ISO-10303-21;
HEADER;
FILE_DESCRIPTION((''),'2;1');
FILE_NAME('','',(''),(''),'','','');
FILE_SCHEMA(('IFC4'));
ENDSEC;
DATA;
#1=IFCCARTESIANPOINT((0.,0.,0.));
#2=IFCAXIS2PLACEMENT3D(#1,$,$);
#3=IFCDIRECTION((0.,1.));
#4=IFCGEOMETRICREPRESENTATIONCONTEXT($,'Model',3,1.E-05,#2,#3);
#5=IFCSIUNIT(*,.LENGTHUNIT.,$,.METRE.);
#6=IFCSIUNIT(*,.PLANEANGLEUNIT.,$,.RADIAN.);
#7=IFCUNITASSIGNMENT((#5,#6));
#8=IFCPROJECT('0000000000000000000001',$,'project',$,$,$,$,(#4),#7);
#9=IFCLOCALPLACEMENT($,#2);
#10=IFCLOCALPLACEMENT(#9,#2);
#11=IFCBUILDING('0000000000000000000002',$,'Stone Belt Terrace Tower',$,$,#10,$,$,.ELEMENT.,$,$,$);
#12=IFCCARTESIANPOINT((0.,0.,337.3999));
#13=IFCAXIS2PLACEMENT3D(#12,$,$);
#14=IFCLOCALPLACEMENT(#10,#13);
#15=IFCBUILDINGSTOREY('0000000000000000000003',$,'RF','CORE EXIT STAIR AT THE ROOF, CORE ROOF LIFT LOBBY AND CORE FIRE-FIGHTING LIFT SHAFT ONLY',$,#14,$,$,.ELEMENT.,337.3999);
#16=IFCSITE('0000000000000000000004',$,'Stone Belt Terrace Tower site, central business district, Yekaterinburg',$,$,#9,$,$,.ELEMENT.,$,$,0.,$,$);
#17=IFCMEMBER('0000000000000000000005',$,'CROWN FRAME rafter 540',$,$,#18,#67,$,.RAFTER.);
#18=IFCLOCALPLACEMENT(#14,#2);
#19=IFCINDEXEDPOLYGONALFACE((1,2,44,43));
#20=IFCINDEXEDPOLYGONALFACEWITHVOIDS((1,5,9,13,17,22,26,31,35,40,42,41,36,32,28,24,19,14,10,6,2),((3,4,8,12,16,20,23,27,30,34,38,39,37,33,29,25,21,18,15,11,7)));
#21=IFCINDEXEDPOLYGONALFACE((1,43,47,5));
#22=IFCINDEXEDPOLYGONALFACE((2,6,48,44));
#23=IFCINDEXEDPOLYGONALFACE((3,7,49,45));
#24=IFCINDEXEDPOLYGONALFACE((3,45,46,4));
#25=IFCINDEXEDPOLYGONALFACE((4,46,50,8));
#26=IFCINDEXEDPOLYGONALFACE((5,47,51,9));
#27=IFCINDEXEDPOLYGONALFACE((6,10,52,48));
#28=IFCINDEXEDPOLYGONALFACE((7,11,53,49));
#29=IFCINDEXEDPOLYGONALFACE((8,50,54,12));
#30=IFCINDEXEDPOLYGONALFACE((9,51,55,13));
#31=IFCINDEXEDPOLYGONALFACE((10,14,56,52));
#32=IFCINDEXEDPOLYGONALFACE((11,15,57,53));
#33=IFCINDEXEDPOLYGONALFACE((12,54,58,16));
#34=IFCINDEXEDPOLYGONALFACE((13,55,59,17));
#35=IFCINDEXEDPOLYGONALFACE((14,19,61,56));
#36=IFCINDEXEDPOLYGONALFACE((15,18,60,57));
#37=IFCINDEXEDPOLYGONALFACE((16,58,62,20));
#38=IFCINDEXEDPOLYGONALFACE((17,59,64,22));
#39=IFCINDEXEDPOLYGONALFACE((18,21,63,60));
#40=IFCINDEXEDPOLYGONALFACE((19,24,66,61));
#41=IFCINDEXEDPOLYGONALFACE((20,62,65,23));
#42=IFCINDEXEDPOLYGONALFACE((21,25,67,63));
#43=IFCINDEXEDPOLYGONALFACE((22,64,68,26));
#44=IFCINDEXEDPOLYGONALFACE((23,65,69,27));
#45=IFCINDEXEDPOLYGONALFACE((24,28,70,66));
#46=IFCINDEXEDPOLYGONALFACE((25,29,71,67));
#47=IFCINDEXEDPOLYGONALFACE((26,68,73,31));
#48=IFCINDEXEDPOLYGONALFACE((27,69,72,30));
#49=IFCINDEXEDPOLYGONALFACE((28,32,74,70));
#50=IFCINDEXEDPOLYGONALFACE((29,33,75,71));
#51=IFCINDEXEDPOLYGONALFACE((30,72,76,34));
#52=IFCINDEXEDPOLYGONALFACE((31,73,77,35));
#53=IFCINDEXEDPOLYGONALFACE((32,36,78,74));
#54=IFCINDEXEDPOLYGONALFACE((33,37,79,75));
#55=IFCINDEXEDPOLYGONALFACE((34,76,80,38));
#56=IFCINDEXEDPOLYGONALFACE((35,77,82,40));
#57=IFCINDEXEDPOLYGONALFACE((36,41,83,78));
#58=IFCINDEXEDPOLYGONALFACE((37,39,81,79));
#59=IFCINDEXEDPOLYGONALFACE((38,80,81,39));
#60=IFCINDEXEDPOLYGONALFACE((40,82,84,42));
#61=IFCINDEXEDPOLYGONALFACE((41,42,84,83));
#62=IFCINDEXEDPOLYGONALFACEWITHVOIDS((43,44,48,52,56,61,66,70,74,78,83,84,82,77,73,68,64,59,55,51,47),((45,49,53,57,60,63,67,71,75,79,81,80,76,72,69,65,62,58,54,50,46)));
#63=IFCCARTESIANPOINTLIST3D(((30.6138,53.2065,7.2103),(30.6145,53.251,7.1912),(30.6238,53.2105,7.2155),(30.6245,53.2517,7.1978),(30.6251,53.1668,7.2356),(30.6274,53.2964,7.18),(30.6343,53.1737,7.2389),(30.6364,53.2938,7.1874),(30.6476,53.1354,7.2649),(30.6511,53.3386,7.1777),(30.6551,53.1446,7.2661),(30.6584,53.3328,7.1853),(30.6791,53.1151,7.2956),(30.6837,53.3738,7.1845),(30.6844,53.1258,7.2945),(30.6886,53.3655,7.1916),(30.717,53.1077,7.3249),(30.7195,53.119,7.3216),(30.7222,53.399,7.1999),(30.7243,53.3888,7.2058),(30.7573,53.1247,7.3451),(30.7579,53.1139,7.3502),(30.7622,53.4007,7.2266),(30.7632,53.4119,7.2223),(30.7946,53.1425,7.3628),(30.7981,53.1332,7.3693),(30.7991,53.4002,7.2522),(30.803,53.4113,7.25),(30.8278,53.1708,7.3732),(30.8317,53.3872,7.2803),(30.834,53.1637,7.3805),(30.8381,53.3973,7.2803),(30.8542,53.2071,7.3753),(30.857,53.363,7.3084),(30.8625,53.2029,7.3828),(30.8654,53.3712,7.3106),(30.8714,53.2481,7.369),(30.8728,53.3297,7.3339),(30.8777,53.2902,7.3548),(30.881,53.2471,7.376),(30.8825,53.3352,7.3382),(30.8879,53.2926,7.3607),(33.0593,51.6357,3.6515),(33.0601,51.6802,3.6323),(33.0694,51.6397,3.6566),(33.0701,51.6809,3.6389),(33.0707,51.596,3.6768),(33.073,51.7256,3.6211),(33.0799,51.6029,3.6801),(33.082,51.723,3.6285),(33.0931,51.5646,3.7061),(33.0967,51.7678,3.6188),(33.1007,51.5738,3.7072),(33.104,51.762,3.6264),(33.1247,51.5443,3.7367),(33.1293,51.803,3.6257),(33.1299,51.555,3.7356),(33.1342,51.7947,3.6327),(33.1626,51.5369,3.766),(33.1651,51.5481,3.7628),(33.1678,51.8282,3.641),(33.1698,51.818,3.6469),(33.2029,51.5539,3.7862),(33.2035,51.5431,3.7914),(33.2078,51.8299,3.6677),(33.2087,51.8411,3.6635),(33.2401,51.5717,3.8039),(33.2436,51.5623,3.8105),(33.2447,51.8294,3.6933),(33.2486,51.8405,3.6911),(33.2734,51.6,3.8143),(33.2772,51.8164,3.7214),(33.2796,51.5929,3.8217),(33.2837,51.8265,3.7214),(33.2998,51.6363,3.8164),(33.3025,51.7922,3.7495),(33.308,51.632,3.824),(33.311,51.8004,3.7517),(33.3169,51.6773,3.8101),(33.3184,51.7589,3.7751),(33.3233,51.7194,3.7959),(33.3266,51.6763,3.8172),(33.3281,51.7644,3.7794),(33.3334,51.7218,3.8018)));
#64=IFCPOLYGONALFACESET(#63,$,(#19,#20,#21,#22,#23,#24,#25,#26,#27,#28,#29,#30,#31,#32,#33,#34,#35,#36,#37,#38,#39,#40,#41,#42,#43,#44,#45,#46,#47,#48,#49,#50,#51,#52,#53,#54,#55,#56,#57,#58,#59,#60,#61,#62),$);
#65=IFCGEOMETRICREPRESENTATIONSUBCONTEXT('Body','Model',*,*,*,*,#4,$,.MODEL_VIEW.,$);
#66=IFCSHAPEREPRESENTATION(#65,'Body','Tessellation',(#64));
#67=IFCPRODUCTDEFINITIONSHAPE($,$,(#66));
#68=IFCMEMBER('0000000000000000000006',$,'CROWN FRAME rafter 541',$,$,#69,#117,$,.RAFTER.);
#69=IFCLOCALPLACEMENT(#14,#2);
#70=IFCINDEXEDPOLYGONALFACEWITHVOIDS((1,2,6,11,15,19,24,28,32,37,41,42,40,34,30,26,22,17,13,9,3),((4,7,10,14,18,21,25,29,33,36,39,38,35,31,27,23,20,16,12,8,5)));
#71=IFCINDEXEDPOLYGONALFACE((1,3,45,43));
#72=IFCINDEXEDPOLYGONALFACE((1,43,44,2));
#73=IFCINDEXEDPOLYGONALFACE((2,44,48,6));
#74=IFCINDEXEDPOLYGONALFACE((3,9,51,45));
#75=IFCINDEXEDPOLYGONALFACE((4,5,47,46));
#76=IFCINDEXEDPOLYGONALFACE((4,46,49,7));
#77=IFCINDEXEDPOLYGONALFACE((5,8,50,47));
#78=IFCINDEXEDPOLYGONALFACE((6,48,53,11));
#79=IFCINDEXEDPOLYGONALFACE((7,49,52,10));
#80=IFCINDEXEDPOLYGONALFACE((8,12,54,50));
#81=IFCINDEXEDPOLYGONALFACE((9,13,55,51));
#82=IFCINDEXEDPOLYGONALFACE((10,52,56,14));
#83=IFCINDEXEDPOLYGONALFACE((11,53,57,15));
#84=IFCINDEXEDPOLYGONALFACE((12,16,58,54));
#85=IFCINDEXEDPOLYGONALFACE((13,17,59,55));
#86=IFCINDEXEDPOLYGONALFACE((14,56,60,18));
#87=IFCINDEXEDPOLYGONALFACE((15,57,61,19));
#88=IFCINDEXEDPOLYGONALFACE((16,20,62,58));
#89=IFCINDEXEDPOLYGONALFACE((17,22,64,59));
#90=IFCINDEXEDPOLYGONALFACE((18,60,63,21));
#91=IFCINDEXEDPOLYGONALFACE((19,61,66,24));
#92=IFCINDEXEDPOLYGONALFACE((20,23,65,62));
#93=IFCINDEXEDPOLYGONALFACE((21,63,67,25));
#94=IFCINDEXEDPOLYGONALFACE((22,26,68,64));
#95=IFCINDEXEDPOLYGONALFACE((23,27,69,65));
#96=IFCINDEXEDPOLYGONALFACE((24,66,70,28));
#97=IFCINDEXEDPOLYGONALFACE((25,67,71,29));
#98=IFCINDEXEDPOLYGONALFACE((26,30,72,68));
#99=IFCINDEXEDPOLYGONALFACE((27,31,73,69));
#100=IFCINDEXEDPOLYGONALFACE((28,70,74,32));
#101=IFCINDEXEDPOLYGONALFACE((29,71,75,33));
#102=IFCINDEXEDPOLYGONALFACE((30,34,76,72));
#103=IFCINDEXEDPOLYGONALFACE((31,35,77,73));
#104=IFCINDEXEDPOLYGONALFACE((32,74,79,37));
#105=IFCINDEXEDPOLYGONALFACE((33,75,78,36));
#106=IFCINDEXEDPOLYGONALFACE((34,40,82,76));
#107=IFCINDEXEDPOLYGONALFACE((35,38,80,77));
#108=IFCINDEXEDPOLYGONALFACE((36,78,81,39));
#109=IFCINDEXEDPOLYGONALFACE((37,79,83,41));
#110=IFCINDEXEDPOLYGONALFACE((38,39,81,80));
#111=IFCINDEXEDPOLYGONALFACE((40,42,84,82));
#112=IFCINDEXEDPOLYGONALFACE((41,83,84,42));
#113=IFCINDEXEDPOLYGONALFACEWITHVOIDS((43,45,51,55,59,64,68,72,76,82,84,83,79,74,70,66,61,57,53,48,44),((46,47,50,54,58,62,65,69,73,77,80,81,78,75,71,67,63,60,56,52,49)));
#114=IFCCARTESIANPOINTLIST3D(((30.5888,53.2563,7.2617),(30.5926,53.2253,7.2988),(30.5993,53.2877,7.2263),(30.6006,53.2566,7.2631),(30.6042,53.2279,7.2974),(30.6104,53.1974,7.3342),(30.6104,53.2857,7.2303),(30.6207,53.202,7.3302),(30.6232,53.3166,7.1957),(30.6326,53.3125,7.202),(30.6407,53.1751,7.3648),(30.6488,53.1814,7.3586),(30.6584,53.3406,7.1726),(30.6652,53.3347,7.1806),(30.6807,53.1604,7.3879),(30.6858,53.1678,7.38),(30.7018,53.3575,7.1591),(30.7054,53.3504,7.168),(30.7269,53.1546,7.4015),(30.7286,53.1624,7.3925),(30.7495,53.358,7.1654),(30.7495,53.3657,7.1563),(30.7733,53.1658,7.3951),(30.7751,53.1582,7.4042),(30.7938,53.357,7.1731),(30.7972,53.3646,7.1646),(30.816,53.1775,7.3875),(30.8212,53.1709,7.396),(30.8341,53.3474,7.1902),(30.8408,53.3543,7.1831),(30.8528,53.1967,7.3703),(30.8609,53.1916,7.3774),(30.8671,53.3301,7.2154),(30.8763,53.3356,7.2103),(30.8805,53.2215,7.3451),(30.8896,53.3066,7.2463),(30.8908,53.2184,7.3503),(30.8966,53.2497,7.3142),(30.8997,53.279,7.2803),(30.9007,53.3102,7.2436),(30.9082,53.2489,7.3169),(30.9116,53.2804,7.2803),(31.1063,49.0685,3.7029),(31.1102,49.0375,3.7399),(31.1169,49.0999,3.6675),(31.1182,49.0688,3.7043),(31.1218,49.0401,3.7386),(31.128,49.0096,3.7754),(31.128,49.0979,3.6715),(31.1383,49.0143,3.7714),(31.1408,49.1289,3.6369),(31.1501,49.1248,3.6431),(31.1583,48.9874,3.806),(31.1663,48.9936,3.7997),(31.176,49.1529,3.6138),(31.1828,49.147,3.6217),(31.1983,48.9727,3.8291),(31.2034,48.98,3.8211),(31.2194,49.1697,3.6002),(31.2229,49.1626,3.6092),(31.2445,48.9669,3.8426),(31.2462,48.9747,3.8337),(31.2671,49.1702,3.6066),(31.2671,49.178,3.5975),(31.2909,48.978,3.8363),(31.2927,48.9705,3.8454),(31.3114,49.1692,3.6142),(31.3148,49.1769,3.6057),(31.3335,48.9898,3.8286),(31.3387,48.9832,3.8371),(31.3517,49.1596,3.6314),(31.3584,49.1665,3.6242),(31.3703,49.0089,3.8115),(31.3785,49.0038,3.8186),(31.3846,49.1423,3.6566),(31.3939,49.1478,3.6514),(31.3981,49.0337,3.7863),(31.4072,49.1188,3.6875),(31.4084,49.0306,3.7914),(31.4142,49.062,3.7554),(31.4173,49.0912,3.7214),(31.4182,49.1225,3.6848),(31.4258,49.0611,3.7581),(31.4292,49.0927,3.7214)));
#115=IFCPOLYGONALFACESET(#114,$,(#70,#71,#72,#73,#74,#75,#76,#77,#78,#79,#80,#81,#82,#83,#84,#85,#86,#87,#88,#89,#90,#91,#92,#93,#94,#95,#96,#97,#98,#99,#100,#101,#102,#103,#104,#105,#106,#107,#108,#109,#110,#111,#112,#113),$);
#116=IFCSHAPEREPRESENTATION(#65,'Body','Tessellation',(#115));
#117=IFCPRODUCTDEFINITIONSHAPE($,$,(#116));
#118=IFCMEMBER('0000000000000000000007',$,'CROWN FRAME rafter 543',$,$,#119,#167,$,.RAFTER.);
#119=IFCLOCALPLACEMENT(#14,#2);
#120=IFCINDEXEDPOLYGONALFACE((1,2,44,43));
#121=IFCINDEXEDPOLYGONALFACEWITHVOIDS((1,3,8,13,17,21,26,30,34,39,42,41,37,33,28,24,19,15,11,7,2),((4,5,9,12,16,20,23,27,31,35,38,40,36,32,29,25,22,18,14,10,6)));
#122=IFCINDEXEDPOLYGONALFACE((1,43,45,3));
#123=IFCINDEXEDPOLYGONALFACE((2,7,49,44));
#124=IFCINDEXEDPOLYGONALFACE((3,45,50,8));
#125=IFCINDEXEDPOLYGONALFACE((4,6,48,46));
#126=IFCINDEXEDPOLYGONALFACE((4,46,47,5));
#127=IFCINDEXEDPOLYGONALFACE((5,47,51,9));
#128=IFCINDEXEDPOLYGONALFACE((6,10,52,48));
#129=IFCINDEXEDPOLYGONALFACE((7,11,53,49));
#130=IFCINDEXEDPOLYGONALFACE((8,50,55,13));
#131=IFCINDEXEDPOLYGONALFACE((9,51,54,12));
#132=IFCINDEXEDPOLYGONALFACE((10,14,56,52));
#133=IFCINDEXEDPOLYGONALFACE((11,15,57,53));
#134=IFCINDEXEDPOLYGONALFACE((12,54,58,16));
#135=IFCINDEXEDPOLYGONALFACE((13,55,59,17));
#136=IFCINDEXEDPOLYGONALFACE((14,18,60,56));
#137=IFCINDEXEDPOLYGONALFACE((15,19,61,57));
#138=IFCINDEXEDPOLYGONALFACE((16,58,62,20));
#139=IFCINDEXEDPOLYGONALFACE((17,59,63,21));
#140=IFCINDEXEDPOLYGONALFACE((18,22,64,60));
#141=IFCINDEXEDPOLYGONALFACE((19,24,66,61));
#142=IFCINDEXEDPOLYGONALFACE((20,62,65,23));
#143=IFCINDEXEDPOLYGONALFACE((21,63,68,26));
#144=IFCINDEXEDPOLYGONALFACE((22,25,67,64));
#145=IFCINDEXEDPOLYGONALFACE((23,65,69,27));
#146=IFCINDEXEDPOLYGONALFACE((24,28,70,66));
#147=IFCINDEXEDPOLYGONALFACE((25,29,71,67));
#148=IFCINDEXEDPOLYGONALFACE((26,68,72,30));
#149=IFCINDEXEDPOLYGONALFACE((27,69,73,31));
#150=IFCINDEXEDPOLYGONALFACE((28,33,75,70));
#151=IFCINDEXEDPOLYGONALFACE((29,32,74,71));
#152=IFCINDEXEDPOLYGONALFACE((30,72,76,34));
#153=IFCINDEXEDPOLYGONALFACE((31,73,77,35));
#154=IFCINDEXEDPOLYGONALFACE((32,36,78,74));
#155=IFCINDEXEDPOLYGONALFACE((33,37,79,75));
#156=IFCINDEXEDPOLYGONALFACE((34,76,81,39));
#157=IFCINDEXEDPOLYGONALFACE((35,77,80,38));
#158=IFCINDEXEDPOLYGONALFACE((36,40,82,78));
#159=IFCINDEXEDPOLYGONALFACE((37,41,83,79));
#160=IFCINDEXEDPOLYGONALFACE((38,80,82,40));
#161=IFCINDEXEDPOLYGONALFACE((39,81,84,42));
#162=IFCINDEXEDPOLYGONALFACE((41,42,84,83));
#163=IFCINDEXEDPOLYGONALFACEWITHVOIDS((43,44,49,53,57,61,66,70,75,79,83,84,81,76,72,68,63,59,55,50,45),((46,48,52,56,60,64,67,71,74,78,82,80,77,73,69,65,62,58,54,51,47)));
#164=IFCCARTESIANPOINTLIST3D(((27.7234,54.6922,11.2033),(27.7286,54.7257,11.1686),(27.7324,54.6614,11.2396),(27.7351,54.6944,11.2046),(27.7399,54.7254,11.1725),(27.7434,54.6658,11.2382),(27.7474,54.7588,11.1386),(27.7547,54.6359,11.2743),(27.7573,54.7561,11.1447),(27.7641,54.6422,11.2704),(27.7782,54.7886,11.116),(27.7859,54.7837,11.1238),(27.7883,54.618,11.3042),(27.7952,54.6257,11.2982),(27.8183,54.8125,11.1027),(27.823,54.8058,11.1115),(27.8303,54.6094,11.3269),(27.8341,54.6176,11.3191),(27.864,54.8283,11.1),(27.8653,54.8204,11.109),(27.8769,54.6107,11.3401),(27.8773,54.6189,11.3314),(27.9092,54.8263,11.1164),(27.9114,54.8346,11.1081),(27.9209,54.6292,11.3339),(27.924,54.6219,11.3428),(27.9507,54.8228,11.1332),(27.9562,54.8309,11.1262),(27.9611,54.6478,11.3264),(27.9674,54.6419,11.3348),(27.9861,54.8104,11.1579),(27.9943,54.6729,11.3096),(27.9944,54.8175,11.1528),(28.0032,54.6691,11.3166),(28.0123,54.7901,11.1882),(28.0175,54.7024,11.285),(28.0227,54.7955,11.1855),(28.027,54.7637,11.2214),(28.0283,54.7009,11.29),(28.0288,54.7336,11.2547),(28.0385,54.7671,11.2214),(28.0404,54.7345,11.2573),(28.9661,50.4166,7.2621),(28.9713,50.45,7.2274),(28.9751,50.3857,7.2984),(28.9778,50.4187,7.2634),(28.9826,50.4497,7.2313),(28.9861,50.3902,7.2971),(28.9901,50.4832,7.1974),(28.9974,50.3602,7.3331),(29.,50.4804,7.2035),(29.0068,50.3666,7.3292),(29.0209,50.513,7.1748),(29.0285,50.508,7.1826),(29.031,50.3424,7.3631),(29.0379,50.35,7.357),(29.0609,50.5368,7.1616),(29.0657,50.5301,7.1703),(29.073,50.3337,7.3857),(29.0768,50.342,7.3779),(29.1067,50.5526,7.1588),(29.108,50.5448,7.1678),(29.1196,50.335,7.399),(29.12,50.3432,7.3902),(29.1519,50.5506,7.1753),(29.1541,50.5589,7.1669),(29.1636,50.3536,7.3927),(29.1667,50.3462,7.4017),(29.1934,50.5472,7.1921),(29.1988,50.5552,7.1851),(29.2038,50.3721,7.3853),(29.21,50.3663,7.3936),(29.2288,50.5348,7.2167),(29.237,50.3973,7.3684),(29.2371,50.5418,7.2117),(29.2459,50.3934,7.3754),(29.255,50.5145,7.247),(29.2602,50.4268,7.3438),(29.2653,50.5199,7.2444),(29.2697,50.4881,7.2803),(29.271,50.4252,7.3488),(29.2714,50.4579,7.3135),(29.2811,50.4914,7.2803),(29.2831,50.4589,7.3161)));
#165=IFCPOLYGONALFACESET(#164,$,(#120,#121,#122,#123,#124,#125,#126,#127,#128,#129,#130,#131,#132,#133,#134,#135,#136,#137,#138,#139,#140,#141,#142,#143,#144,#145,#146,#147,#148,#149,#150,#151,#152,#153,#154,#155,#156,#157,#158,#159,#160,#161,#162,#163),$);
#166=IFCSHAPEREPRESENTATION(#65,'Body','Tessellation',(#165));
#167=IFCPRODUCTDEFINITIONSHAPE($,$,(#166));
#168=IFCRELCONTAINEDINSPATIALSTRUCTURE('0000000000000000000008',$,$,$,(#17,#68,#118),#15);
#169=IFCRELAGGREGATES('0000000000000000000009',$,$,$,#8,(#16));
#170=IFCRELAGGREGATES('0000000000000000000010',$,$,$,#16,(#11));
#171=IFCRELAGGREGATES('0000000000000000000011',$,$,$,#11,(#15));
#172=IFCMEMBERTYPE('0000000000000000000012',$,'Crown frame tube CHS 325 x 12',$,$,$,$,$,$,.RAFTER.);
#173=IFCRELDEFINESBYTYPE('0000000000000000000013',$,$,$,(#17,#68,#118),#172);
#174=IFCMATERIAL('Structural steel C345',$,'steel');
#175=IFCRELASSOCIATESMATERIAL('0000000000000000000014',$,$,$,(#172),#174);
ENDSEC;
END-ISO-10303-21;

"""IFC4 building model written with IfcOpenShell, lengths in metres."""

from ifc_helpers import new_model, si_unit, direction, frame, origin, origin_2d, place, context, subcontext, project, spatial, hollow_circle, extrude, material, material_profile, profile_set, type_object, element, save


model = new_model("IFC4")

# Units and contexts
model_context = context("Model", 3, precision=1e-05, world=origin(), true_north=direction((0.0, 1.0)))
body_context = subcontext(model_context, "Body", "Model", "MODEL_VIEW")
ifc_project = project(units=[si_unit("LENGTHUNIT", "METRE"), si_unit("PLANEANGLEUNIT", "RADIAN")], contexts=[model_context])

# Site, building, storey
site_placement = place(None, origin())
site = spatial("IfcSite", under=ifc_project, at=site_placement, Name="Stone Belt Terrace Tower site, central business district, Yekaterinburg", CompositionType="ELEMENT", RefElevation=0.0)
building_placement = place(site_placement, origin())
building = spatial("IfcBuilding", under=site, at=building_placement, Name="Stone Belt Terrace Tower", CompositionType="ELEMENT")
storey_placement = place(building_placement, frame((0.0, 0.0, 337.3999)))
storey = spatial("IfcBuildingStorey", under=building, at=storey_placement, Name="RF", Description="CORE EXIT STAIR AT THE ROOF, CORE ROOF LIFT LOBBY AND CORE FIRE-FIGHTING LIFT SHAFT ONLY", CompositionType="ELEMENT", Elevation=337.3999)

# Members
ifc_material_1 = material(Name="Structural steel C345", Category="steel")
ifc_material_profile_1 = material_profile(ifc_material_1, hollow_circle(Radius=0.1626, WallThickness=0.012, at=origin_2d()), Name="Structural steel C345 CHS 325x12")
ifc_profile_set_1 = profile_set([ifc_material_profile_1], Name="Structural steel C345")
member_type_1 = type_object("IfcMemberType", Name="Crown frame tube CHS 325 x 12", PredefinedType="RAFTER", material=ifc_profile_set_1)
member_1_placement = place(storey_placement, frame((30.7502, 53.2605, 7.2803), z_axis=(0.532228, -0.341854, -0.774512), x_axis=(0.540431, 0.841389, 0.0)))
element("IfcMember", 1, at=member_1_placement, inside=storey, type_object=member_type_1, Name="CROWN FRAME rafter 540", PredefinedType="RAFTER", context=body_context, shape_type="SweptSolid", body=[
    extrude(hollow_circle(Radius=0.1626, WallThickness=0.012, at=origin_2d()), origin(), (0.0, 0.0, 1.0), 4.595),
])
member_2_placement = place(storey_placement, frame((30.7502, 53.2605, 7.2803), z_axis=(0.093764, -0.758649, -0.644717), x_axis=(0.992449, 0.12266, 0.0)))
element("IfcMember", 2, at=member_2_placement, inside=storey, type_object=member_type_1, Name="CROWN FRAME rafter 541", PredefinedType="RAFTER", context=body_context, shape_type="SweptSolid", body=[
    extrude(hollow_circle(Radius=0.1626, WallThickness=0.012, at=origin_2d()), origin(), (0.0, 0.0, 1.0), 5.52),
])
member_3_placement = place(storey_placement, frame((27.8823, 54.7217, 11.2214), z_axis=(0.208984, -0.719046, -0.662796), x_axis=(0.960264, 0.279092, 0.0)))
element("IfcMember", 3, at=member_3_placement, inside=storey, type_object=member_type_1, Name="CROWN FRAME rafter 543", PredefinedType="RAFTER", context=body_context, shape_type="SweptSolid", body=[
    extrude(hollow_circle(Radius=0.1626, WallThickness=0.012, at=origin_2d()), origin(), (0.0, 0.0, 1.0), 5.9463),
])

save(model, "model.ifc")
